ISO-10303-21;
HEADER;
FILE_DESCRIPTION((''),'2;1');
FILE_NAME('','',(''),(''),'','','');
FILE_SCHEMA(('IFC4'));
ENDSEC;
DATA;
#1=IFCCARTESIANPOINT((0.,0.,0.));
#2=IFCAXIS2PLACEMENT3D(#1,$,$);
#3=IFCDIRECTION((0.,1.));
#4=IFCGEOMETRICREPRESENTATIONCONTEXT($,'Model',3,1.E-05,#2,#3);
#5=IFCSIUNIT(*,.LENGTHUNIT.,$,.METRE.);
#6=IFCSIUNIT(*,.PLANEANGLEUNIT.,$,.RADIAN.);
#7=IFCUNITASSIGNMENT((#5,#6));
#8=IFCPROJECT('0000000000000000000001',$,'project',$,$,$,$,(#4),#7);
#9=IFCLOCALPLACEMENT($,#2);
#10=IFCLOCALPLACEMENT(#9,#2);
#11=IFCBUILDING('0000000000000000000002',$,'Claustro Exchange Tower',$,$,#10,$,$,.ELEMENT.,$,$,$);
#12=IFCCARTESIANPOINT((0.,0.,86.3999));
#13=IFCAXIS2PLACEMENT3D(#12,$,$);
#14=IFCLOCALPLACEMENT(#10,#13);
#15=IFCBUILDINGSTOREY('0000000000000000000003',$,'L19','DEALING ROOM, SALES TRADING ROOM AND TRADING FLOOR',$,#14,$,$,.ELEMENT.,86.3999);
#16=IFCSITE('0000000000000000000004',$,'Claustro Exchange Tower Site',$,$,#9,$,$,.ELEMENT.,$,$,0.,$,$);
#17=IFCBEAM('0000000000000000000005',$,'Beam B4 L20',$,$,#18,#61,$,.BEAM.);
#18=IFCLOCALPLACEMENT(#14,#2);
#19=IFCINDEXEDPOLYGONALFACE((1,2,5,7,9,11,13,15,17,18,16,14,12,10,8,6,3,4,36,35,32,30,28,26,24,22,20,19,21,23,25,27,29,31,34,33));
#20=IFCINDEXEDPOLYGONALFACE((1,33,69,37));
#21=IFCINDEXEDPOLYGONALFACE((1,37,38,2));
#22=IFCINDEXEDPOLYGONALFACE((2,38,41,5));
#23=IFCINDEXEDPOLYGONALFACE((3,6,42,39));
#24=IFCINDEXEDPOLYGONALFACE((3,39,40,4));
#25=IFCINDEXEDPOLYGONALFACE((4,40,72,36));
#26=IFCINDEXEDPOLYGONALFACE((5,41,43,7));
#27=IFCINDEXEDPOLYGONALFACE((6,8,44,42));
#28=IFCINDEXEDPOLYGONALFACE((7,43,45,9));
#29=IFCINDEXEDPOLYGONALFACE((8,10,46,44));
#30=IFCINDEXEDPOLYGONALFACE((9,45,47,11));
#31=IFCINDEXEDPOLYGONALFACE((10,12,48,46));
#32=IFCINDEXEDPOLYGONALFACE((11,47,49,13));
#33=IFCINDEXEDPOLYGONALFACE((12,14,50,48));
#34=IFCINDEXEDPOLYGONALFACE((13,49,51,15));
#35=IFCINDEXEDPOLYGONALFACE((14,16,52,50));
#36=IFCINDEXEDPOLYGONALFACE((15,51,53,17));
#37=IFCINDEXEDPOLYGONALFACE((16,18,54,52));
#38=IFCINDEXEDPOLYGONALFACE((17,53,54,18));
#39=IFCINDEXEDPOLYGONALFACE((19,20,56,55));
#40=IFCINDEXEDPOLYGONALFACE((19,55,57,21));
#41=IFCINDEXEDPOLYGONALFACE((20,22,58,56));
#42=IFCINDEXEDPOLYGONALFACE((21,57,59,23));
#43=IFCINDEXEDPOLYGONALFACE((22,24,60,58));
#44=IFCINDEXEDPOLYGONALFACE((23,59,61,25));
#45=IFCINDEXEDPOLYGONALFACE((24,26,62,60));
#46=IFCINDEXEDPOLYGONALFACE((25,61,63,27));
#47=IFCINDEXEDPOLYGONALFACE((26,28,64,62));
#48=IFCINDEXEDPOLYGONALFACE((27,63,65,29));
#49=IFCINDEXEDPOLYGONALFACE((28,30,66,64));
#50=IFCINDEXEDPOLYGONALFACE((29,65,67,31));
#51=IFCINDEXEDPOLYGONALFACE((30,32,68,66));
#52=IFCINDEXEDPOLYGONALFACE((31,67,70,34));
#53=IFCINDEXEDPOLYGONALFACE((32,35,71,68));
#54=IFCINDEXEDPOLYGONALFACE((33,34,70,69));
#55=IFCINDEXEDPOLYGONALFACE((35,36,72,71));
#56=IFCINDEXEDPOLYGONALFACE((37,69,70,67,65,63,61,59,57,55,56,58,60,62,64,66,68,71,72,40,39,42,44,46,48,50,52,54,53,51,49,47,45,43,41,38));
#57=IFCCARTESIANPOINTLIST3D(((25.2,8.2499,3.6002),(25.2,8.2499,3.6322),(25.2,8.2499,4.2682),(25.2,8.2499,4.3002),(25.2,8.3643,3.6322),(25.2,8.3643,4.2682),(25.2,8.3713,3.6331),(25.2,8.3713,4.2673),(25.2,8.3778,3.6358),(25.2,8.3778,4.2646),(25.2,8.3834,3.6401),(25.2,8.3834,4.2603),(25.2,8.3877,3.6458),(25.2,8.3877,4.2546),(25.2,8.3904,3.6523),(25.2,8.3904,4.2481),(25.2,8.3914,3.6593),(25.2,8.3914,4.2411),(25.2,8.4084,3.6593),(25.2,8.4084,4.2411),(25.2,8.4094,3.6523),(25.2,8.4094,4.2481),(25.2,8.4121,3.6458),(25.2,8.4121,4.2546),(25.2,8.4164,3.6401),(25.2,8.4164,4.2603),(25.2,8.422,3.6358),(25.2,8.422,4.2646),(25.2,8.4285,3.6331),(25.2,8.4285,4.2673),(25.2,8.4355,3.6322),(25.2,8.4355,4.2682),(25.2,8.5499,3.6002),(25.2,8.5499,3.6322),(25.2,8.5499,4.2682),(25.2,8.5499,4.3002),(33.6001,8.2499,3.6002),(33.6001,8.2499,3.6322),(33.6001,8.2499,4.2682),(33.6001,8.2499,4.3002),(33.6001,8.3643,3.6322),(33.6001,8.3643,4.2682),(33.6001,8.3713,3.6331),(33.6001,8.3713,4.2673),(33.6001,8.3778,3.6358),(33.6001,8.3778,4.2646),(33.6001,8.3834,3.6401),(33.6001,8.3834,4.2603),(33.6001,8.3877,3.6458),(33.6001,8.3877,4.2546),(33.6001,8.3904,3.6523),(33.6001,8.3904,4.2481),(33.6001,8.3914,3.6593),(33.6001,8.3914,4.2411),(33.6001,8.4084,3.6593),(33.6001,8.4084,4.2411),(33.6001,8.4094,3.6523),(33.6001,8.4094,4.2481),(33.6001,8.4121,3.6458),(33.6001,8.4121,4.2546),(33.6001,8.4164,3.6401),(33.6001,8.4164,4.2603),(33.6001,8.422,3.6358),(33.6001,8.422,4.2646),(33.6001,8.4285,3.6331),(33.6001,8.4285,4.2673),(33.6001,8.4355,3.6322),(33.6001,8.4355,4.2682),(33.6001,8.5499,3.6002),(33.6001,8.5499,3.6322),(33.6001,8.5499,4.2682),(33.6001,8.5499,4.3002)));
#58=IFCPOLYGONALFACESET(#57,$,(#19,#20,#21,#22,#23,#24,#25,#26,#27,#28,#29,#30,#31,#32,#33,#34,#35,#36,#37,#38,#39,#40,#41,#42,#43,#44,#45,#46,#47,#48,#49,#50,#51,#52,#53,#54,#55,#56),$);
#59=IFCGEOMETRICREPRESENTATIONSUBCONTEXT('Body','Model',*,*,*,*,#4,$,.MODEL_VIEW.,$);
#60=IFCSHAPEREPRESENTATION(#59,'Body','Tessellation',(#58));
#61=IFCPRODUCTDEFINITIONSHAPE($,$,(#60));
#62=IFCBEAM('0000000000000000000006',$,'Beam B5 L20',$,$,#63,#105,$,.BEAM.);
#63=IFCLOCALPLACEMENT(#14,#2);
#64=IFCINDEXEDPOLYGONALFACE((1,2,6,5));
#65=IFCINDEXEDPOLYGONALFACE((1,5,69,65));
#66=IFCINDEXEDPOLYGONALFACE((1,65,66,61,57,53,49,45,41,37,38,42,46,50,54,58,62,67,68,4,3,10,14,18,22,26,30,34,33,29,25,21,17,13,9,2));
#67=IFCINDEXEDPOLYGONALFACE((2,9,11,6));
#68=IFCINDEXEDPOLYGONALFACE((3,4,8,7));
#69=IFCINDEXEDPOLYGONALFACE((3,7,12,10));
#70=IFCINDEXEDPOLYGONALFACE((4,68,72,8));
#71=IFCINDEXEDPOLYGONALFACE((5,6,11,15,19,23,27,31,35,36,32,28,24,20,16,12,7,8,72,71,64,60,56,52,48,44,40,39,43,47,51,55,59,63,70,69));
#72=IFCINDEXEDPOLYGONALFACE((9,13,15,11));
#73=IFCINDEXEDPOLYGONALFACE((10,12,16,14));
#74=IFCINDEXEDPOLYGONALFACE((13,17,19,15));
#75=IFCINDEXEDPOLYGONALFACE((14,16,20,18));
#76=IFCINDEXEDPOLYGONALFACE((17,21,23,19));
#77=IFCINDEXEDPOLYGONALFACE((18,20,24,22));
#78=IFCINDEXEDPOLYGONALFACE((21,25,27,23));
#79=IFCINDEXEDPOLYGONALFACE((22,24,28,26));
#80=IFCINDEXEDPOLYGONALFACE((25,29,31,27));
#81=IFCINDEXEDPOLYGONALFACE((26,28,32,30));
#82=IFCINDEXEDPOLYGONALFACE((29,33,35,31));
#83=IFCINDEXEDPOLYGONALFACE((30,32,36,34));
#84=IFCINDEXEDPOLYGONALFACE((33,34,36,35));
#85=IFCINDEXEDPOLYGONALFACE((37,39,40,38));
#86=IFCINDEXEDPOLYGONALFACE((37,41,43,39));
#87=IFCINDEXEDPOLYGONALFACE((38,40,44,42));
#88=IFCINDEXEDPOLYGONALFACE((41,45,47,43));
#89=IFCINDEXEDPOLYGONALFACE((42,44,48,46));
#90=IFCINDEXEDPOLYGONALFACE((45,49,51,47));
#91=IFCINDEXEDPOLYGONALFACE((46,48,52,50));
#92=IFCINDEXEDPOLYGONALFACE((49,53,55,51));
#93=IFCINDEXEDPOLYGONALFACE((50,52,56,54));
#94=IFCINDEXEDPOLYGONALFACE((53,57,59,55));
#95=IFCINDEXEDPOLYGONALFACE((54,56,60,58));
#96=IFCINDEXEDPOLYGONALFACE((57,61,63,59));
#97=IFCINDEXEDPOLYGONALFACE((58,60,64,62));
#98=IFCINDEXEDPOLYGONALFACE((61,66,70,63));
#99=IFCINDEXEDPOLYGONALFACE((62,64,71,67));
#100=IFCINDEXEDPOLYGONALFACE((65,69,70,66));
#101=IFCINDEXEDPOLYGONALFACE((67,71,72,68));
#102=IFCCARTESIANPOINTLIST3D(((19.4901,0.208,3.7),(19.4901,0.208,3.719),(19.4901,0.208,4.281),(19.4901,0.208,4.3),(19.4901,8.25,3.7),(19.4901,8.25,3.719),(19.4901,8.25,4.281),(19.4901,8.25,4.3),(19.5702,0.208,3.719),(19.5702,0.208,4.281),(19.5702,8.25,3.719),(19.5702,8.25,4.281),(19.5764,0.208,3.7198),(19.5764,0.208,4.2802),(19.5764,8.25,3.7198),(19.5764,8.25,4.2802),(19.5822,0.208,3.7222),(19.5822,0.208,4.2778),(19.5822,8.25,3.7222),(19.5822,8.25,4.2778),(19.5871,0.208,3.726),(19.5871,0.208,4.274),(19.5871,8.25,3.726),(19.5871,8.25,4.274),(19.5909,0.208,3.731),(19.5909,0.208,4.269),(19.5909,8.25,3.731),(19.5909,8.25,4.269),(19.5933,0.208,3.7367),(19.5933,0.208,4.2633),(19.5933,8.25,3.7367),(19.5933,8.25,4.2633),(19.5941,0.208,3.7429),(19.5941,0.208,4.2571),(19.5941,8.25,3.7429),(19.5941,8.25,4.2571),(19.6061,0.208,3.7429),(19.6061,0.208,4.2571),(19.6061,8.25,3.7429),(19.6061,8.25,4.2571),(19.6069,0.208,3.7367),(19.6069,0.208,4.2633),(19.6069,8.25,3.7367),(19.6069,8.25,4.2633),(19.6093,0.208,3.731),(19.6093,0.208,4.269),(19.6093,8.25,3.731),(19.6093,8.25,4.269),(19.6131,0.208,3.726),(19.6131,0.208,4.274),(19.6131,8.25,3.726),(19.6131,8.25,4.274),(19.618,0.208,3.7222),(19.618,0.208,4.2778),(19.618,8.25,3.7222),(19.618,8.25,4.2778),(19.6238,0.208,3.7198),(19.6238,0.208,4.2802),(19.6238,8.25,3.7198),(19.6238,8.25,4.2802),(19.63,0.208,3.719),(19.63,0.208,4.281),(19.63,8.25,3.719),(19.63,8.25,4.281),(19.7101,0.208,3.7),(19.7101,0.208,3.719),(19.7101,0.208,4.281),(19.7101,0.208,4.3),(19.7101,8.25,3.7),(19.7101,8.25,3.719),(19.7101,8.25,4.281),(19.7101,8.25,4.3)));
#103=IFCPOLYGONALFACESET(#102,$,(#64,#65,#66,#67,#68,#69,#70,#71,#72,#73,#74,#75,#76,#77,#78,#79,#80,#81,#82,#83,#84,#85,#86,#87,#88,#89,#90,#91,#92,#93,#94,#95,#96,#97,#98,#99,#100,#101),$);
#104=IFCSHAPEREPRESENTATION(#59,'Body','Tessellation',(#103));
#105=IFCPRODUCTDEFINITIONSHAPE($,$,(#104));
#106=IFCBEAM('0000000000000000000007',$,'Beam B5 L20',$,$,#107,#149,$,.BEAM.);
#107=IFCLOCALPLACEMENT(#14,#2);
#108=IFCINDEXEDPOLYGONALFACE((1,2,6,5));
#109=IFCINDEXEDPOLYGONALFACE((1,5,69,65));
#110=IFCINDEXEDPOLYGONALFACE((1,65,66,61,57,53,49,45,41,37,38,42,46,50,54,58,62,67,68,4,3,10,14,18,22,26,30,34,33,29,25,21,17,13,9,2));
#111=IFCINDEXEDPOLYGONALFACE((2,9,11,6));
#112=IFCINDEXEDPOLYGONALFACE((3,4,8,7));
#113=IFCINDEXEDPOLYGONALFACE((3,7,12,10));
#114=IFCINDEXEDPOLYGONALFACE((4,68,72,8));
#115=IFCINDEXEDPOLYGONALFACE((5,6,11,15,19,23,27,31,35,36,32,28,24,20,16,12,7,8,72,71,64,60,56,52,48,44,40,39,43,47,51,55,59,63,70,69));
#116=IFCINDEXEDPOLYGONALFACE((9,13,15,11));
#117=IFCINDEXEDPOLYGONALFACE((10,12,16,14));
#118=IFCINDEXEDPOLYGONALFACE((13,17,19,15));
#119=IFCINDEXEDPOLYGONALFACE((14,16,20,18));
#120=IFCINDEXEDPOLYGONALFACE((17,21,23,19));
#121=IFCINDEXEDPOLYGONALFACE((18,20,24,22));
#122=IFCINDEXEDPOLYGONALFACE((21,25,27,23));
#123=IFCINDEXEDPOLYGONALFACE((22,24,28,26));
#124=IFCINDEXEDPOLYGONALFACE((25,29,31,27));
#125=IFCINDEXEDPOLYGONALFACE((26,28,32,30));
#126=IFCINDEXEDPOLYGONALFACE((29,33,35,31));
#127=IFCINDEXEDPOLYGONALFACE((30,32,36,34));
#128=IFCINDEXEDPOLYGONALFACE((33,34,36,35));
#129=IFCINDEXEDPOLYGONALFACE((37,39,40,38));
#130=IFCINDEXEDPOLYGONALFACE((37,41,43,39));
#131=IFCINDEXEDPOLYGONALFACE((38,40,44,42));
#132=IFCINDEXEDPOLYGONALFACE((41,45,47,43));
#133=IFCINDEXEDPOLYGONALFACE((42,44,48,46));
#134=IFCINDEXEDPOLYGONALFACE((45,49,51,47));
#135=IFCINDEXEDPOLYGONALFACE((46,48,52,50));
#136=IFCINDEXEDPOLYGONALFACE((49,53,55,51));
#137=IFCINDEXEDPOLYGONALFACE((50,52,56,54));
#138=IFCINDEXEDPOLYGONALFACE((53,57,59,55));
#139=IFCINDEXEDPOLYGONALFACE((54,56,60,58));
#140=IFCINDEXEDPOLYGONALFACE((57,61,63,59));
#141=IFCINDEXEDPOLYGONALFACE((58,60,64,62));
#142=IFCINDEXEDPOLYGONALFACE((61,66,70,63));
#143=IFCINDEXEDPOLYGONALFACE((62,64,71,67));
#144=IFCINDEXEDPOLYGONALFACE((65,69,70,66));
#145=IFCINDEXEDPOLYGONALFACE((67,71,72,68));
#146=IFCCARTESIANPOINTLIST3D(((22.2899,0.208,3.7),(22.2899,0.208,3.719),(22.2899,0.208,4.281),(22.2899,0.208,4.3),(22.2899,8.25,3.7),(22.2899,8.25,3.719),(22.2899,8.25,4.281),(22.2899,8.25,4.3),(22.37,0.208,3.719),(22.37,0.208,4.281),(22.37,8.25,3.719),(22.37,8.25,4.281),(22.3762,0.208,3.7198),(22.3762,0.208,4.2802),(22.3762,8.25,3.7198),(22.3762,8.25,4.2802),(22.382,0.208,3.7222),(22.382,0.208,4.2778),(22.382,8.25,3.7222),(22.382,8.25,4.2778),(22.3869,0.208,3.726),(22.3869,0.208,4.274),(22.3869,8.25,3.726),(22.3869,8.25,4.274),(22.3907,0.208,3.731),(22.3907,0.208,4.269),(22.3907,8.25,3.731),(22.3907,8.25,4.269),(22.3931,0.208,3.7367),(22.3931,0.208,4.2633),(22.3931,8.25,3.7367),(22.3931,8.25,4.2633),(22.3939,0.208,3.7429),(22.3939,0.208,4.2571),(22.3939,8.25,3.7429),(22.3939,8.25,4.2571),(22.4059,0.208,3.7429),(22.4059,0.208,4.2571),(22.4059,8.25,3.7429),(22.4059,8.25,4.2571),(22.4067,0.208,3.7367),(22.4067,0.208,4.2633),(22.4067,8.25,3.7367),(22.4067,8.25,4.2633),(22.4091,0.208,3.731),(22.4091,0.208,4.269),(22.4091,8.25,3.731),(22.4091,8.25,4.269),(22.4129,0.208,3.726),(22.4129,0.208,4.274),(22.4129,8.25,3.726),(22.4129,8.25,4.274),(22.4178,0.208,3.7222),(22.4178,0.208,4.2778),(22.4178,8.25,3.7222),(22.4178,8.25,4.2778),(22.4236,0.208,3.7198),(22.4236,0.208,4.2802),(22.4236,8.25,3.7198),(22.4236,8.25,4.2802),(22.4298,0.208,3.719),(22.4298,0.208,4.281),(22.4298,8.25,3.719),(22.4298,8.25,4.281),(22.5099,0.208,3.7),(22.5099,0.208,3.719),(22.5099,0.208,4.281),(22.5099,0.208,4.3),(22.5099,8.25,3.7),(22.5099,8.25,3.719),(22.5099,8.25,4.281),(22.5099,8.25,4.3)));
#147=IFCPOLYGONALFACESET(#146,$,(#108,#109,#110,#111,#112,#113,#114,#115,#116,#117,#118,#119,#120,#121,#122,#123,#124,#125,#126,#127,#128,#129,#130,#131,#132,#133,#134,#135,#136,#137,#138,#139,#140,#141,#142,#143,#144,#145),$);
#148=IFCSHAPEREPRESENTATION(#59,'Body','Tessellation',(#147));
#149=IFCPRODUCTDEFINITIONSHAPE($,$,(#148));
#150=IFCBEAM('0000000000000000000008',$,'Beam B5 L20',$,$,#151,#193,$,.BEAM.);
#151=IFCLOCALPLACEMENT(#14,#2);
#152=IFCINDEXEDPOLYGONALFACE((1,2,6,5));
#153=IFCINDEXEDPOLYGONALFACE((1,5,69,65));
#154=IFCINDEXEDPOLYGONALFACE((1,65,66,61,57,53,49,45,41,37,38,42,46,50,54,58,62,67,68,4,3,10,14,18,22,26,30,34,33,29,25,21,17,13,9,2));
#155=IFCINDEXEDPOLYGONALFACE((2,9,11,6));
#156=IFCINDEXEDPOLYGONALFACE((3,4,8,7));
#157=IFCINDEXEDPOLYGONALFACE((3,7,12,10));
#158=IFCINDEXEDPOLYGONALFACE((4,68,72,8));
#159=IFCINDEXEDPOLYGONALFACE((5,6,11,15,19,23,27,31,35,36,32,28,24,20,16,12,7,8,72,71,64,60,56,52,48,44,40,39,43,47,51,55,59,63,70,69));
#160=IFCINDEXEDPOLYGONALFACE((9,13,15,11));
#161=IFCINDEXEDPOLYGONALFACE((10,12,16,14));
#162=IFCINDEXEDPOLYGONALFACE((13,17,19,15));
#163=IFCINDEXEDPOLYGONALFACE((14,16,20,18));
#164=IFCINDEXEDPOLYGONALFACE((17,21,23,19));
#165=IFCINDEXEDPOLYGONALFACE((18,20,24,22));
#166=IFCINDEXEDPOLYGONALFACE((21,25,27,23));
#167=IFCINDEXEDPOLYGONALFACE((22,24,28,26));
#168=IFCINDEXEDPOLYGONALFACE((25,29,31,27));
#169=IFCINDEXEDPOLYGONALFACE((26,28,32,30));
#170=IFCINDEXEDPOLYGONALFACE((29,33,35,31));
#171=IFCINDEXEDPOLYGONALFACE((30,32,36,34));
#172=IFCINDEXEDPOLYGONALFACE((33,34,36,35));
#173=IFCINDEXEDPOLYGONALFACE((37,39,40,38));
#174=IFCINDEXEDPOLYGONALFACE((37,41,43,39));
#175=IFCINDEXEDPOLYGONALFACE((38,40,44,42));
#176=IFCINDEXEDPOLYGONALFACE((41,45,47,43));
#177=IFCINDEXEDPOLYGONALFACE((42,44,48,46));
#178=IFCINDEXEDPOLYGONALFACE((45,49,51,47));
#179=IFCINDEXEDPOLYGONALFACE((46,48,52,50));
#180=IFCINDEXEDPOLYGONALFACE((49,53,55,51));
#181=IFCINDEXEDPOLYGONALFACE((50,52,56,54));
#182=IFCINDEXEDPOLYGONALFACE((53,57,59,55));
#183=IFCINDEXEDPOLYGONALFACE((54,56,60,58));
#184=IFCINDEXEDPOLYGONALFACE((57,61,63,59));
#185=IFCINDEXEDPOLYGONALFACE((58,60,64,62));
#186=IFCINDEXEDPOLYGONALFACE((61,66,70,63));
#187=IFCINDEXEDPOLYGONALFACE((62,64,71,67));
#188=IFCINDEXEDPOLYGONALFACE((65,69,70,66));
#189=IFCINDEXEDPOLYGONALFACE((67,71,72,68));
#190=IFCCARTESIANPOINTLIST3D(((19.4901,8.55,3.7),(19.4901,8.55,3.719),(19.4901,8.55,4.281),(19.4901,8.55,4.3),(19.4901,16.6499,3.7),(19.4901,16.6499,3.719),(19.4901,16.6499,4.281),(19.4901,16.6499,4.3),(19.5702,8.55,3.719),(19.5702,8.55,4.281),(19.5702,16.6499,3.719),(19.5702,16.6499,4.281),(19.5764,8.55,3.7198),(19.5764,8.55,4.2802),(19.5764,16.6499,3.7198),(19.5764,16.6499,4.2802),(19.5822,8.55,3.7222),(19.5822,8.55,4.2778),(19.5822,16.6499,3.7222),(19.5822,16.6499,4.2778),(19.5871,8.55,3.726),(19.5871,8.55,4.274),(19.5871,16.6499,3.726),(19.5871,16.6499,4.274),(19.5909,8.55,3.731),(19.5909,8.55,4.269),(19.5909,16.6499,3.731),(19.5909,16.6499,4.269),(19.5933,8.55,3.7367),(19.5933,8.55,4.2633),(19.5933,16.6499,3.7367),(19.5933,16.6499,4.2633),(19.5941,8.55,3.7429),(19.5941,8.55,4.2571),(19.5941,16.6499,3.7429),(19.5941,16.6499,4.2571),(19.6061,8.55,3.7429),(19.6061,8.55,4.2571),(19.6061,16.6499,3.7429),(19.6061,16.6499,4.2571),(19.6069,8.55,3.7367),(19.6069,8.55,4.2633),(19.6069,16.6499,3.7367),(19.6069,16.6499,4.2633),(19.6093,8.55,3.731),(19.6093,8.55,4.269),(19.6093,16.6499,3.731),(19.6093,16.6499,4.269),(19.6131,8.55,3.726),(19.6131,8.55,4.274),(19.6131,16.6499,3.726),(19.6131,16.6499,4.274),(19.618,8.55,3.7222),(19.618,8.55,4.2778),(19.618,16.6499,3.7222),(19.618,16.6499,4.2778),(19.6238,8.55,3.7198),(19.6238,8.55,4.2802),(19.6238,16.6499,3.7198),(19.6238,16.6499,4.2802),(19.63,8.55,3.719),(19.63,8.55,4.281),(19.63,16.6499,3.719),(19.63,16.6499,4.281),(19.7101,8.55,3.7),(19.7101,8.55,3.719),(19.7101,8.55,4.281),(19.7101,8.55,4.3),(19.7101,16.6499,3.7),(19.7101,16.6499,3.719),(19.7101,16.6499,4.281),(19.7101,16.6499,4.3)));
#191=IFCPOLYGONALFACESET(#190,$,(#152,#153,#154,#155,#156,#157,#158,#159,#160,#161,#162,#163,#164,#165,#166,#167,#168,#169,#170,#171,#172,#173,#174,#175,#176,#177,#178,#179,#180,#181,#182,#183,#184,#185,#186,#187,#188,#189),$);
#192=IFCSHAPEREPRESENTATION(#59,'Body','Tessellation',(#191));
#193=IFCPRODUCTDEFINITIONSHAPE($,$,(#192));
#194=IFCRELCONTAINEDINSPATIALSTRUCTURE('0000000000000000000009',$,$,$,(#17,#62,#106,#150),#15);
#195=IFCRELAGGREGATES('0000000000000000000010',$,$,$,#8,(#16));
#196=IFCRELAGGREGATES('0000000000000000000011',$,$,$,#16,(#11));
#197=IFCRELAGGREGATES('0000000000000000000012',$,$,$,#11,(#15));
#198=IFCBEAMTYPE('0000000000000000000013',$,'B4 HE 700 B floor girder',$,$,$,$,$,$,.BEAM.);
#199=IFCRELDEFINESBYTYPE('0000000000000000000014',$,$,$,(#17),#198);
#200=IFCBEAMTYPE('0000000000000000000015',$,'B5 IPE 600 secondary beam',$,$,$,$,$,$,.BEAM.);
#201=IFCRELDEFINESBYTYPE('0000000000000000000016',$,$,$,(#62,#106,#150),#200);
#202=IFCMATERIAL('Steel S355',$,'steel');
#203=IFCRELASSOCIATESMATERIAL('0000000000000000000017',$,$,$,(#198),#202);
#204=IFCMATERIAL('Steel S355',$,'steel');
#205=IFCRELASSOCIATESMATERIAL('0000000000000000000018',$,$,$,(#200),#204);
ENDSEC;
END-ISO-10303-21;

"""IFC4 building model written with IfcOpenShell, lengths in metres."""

from ifc_helpers import new_model, si_unit, direction, frame, origin, origin_2d, place, context, subcontext, project, spatial, i_section, extrude, material, material_profile, profile_set, type_object, element, save


model = new_model("IFC4")

# Units and contexts
model_context = context("Model", 3, precision=1e-05, world=origin(), true_north=direction((0.0, 1.0)))
body_context = subcontext(model_context, "Body", "Model", "MODEL_VIEW")
ifc_project = project(units=[si_unit("LENGTHUNIT", "METRE"), si_unit("PLANEANGLEUNIT", "RADIAN")], contexts=[model_context])

# Site, building, storey
site_placement = place(None, origin())
site = spatial("IfcSite", under=ifc_project, at=site_placement, Name="Claustro Exchange Tower Site", CompositionType="ELEMENT", RefElevation=0.0)
building_placement = place(site_placement, origin())
building = spatial("IfcBuilding", under=site, at=building_placement, Name="Claustro Exchange Tower", CompositionType="ELEMENT")
storey_placement = place(building_placement, frame((0.0, 0.0, 86.3999)))
storey = spatial("IfcBuildingStorey", under=building, at=storey_placement, Name="L19", Description="DEALING ROOM, SALES TRADING ROOM AND TRADING FLOOR", CompositionType="ELEMENT", Elevation=86.3999)

# Beams
ifc_material_1 = material(Name="Steel S355", Category="steel")
ifc_material_profile_1 = material_profile(ifc_material_1, i_section(OverallWidth=0.3, OverallDepth=0.7, WebThickness=0.0171, FlangeThickness=0.032, FilletRadius=0.0271, at=origin_2d()), Name="HE 700 B")
ifc_profile_set_1 = profile_set([ifc_material_profile_1], Name="Steel S355")
beam_type_1 = type_object("IfcBeamType", Name="B4 HE 700 B floor girder", PredefinedType="BEAM", material=ifc_profile_set_1)
for number, where, z_axis, x_axis, name in (
    (1, (25.2, 8.3999, 3.9502), (1.0, 0.0, 0.0), (0.0, 1.0, 0.0), "Beam B4 L20"),
):
    element("IfcBeam", number, at=place(storey_placement, frame(where, z_axis=z_axis, x_axis=x_axis)), inside=storey, type_object=beam_type_1, Name=name, PredefinedType="BEAM", context=body_context, shape_type="SweptSolid", body=[
        extrude(i_section(OverallWidth=0.3, OverallDepth=0.7, WebThickness=0.0171, FlangeThickness=0.032, FilletRadius=0.0271, at=origin_2d()), origin(), (0.0, 0.0, 1.0), 8.4001),
    ])
ifc_material_2 = material(Name="Steel S355", Category="steel")
ifc_material_profile_2 = material_profile(ifc_material_2, i_section(OverallWidth=0.22, OverallDepth=0.6001, WebThickness=0.012, FlangeThickness=0.019, FilletRadius=0.0239, at=origin_2d()), Name="IPE 600")
ifc_profile_set_2 = profile_set([ifc_material_profile_2], Name="Steel S355")
beam_type_2 = type_object("IfcBeamType", Name="B5 IPE 600 secondary beam", PredefinedType="BEAM", material=ifc_profile_set_2)
for number, where, z_axis, x_axis, name in (
    (2, (19.6001, 0.208, 4.0), (0.0, 1.0, 0.0), (-1.0, 0.0, 0.0), "Beam B5 L20"),
    (3, (22.3999, 0.208, 4.0), (0.0, 1.0, 0.0), (-1.0, 0.0, 0.0), "Beam B5 L20"),
):
    element("IfcBeam", number, at=place(storey_placement, frame(where, z_axis=z_axis, x_axis=x_axis)), inside=storey, type_object=beam_type_2, Name=name, PredefinedType="BEAM", context=body_context, shape_type="SweptSolid", body=[
        extrude(i_section(OverallWidth=0.22, OverallDepth=0.6001, WebThickness=0.012, FlangeThickness=0.019, FilletRadius=0.0239, at=origin_2d()), origin(), (0.0, 0.0, 1.0), 8.042),
    ])
for number, where, z_axis, x_axis, name in (
    (4, (19.6001, 8.55, 4.0), (0.0, 1.0, 0.0), (-1.0, 0.0, 0.0), "Beam B5 L20"),
):
    element("IfcBeam", number, at=place(storey_placement, frame(where, z_axis=z_axis, x_axis=x_axis)), inside=storey, type_object=beam_type_2, Name=name, PredefinedType="BEAM", context=body_context, shape_type="SweptSolid", body=[
        extrude(i_section(OverallWidth=0.22, OverallDepth=0.6001, WebThickness=0.012, FlangeThickness=0.019, FilletRadius=0.0239, at=origin_2d()), origin(), (0.0, 0.0, 1.0), 8.0999),
    ])

save(model, "model.ifc")
